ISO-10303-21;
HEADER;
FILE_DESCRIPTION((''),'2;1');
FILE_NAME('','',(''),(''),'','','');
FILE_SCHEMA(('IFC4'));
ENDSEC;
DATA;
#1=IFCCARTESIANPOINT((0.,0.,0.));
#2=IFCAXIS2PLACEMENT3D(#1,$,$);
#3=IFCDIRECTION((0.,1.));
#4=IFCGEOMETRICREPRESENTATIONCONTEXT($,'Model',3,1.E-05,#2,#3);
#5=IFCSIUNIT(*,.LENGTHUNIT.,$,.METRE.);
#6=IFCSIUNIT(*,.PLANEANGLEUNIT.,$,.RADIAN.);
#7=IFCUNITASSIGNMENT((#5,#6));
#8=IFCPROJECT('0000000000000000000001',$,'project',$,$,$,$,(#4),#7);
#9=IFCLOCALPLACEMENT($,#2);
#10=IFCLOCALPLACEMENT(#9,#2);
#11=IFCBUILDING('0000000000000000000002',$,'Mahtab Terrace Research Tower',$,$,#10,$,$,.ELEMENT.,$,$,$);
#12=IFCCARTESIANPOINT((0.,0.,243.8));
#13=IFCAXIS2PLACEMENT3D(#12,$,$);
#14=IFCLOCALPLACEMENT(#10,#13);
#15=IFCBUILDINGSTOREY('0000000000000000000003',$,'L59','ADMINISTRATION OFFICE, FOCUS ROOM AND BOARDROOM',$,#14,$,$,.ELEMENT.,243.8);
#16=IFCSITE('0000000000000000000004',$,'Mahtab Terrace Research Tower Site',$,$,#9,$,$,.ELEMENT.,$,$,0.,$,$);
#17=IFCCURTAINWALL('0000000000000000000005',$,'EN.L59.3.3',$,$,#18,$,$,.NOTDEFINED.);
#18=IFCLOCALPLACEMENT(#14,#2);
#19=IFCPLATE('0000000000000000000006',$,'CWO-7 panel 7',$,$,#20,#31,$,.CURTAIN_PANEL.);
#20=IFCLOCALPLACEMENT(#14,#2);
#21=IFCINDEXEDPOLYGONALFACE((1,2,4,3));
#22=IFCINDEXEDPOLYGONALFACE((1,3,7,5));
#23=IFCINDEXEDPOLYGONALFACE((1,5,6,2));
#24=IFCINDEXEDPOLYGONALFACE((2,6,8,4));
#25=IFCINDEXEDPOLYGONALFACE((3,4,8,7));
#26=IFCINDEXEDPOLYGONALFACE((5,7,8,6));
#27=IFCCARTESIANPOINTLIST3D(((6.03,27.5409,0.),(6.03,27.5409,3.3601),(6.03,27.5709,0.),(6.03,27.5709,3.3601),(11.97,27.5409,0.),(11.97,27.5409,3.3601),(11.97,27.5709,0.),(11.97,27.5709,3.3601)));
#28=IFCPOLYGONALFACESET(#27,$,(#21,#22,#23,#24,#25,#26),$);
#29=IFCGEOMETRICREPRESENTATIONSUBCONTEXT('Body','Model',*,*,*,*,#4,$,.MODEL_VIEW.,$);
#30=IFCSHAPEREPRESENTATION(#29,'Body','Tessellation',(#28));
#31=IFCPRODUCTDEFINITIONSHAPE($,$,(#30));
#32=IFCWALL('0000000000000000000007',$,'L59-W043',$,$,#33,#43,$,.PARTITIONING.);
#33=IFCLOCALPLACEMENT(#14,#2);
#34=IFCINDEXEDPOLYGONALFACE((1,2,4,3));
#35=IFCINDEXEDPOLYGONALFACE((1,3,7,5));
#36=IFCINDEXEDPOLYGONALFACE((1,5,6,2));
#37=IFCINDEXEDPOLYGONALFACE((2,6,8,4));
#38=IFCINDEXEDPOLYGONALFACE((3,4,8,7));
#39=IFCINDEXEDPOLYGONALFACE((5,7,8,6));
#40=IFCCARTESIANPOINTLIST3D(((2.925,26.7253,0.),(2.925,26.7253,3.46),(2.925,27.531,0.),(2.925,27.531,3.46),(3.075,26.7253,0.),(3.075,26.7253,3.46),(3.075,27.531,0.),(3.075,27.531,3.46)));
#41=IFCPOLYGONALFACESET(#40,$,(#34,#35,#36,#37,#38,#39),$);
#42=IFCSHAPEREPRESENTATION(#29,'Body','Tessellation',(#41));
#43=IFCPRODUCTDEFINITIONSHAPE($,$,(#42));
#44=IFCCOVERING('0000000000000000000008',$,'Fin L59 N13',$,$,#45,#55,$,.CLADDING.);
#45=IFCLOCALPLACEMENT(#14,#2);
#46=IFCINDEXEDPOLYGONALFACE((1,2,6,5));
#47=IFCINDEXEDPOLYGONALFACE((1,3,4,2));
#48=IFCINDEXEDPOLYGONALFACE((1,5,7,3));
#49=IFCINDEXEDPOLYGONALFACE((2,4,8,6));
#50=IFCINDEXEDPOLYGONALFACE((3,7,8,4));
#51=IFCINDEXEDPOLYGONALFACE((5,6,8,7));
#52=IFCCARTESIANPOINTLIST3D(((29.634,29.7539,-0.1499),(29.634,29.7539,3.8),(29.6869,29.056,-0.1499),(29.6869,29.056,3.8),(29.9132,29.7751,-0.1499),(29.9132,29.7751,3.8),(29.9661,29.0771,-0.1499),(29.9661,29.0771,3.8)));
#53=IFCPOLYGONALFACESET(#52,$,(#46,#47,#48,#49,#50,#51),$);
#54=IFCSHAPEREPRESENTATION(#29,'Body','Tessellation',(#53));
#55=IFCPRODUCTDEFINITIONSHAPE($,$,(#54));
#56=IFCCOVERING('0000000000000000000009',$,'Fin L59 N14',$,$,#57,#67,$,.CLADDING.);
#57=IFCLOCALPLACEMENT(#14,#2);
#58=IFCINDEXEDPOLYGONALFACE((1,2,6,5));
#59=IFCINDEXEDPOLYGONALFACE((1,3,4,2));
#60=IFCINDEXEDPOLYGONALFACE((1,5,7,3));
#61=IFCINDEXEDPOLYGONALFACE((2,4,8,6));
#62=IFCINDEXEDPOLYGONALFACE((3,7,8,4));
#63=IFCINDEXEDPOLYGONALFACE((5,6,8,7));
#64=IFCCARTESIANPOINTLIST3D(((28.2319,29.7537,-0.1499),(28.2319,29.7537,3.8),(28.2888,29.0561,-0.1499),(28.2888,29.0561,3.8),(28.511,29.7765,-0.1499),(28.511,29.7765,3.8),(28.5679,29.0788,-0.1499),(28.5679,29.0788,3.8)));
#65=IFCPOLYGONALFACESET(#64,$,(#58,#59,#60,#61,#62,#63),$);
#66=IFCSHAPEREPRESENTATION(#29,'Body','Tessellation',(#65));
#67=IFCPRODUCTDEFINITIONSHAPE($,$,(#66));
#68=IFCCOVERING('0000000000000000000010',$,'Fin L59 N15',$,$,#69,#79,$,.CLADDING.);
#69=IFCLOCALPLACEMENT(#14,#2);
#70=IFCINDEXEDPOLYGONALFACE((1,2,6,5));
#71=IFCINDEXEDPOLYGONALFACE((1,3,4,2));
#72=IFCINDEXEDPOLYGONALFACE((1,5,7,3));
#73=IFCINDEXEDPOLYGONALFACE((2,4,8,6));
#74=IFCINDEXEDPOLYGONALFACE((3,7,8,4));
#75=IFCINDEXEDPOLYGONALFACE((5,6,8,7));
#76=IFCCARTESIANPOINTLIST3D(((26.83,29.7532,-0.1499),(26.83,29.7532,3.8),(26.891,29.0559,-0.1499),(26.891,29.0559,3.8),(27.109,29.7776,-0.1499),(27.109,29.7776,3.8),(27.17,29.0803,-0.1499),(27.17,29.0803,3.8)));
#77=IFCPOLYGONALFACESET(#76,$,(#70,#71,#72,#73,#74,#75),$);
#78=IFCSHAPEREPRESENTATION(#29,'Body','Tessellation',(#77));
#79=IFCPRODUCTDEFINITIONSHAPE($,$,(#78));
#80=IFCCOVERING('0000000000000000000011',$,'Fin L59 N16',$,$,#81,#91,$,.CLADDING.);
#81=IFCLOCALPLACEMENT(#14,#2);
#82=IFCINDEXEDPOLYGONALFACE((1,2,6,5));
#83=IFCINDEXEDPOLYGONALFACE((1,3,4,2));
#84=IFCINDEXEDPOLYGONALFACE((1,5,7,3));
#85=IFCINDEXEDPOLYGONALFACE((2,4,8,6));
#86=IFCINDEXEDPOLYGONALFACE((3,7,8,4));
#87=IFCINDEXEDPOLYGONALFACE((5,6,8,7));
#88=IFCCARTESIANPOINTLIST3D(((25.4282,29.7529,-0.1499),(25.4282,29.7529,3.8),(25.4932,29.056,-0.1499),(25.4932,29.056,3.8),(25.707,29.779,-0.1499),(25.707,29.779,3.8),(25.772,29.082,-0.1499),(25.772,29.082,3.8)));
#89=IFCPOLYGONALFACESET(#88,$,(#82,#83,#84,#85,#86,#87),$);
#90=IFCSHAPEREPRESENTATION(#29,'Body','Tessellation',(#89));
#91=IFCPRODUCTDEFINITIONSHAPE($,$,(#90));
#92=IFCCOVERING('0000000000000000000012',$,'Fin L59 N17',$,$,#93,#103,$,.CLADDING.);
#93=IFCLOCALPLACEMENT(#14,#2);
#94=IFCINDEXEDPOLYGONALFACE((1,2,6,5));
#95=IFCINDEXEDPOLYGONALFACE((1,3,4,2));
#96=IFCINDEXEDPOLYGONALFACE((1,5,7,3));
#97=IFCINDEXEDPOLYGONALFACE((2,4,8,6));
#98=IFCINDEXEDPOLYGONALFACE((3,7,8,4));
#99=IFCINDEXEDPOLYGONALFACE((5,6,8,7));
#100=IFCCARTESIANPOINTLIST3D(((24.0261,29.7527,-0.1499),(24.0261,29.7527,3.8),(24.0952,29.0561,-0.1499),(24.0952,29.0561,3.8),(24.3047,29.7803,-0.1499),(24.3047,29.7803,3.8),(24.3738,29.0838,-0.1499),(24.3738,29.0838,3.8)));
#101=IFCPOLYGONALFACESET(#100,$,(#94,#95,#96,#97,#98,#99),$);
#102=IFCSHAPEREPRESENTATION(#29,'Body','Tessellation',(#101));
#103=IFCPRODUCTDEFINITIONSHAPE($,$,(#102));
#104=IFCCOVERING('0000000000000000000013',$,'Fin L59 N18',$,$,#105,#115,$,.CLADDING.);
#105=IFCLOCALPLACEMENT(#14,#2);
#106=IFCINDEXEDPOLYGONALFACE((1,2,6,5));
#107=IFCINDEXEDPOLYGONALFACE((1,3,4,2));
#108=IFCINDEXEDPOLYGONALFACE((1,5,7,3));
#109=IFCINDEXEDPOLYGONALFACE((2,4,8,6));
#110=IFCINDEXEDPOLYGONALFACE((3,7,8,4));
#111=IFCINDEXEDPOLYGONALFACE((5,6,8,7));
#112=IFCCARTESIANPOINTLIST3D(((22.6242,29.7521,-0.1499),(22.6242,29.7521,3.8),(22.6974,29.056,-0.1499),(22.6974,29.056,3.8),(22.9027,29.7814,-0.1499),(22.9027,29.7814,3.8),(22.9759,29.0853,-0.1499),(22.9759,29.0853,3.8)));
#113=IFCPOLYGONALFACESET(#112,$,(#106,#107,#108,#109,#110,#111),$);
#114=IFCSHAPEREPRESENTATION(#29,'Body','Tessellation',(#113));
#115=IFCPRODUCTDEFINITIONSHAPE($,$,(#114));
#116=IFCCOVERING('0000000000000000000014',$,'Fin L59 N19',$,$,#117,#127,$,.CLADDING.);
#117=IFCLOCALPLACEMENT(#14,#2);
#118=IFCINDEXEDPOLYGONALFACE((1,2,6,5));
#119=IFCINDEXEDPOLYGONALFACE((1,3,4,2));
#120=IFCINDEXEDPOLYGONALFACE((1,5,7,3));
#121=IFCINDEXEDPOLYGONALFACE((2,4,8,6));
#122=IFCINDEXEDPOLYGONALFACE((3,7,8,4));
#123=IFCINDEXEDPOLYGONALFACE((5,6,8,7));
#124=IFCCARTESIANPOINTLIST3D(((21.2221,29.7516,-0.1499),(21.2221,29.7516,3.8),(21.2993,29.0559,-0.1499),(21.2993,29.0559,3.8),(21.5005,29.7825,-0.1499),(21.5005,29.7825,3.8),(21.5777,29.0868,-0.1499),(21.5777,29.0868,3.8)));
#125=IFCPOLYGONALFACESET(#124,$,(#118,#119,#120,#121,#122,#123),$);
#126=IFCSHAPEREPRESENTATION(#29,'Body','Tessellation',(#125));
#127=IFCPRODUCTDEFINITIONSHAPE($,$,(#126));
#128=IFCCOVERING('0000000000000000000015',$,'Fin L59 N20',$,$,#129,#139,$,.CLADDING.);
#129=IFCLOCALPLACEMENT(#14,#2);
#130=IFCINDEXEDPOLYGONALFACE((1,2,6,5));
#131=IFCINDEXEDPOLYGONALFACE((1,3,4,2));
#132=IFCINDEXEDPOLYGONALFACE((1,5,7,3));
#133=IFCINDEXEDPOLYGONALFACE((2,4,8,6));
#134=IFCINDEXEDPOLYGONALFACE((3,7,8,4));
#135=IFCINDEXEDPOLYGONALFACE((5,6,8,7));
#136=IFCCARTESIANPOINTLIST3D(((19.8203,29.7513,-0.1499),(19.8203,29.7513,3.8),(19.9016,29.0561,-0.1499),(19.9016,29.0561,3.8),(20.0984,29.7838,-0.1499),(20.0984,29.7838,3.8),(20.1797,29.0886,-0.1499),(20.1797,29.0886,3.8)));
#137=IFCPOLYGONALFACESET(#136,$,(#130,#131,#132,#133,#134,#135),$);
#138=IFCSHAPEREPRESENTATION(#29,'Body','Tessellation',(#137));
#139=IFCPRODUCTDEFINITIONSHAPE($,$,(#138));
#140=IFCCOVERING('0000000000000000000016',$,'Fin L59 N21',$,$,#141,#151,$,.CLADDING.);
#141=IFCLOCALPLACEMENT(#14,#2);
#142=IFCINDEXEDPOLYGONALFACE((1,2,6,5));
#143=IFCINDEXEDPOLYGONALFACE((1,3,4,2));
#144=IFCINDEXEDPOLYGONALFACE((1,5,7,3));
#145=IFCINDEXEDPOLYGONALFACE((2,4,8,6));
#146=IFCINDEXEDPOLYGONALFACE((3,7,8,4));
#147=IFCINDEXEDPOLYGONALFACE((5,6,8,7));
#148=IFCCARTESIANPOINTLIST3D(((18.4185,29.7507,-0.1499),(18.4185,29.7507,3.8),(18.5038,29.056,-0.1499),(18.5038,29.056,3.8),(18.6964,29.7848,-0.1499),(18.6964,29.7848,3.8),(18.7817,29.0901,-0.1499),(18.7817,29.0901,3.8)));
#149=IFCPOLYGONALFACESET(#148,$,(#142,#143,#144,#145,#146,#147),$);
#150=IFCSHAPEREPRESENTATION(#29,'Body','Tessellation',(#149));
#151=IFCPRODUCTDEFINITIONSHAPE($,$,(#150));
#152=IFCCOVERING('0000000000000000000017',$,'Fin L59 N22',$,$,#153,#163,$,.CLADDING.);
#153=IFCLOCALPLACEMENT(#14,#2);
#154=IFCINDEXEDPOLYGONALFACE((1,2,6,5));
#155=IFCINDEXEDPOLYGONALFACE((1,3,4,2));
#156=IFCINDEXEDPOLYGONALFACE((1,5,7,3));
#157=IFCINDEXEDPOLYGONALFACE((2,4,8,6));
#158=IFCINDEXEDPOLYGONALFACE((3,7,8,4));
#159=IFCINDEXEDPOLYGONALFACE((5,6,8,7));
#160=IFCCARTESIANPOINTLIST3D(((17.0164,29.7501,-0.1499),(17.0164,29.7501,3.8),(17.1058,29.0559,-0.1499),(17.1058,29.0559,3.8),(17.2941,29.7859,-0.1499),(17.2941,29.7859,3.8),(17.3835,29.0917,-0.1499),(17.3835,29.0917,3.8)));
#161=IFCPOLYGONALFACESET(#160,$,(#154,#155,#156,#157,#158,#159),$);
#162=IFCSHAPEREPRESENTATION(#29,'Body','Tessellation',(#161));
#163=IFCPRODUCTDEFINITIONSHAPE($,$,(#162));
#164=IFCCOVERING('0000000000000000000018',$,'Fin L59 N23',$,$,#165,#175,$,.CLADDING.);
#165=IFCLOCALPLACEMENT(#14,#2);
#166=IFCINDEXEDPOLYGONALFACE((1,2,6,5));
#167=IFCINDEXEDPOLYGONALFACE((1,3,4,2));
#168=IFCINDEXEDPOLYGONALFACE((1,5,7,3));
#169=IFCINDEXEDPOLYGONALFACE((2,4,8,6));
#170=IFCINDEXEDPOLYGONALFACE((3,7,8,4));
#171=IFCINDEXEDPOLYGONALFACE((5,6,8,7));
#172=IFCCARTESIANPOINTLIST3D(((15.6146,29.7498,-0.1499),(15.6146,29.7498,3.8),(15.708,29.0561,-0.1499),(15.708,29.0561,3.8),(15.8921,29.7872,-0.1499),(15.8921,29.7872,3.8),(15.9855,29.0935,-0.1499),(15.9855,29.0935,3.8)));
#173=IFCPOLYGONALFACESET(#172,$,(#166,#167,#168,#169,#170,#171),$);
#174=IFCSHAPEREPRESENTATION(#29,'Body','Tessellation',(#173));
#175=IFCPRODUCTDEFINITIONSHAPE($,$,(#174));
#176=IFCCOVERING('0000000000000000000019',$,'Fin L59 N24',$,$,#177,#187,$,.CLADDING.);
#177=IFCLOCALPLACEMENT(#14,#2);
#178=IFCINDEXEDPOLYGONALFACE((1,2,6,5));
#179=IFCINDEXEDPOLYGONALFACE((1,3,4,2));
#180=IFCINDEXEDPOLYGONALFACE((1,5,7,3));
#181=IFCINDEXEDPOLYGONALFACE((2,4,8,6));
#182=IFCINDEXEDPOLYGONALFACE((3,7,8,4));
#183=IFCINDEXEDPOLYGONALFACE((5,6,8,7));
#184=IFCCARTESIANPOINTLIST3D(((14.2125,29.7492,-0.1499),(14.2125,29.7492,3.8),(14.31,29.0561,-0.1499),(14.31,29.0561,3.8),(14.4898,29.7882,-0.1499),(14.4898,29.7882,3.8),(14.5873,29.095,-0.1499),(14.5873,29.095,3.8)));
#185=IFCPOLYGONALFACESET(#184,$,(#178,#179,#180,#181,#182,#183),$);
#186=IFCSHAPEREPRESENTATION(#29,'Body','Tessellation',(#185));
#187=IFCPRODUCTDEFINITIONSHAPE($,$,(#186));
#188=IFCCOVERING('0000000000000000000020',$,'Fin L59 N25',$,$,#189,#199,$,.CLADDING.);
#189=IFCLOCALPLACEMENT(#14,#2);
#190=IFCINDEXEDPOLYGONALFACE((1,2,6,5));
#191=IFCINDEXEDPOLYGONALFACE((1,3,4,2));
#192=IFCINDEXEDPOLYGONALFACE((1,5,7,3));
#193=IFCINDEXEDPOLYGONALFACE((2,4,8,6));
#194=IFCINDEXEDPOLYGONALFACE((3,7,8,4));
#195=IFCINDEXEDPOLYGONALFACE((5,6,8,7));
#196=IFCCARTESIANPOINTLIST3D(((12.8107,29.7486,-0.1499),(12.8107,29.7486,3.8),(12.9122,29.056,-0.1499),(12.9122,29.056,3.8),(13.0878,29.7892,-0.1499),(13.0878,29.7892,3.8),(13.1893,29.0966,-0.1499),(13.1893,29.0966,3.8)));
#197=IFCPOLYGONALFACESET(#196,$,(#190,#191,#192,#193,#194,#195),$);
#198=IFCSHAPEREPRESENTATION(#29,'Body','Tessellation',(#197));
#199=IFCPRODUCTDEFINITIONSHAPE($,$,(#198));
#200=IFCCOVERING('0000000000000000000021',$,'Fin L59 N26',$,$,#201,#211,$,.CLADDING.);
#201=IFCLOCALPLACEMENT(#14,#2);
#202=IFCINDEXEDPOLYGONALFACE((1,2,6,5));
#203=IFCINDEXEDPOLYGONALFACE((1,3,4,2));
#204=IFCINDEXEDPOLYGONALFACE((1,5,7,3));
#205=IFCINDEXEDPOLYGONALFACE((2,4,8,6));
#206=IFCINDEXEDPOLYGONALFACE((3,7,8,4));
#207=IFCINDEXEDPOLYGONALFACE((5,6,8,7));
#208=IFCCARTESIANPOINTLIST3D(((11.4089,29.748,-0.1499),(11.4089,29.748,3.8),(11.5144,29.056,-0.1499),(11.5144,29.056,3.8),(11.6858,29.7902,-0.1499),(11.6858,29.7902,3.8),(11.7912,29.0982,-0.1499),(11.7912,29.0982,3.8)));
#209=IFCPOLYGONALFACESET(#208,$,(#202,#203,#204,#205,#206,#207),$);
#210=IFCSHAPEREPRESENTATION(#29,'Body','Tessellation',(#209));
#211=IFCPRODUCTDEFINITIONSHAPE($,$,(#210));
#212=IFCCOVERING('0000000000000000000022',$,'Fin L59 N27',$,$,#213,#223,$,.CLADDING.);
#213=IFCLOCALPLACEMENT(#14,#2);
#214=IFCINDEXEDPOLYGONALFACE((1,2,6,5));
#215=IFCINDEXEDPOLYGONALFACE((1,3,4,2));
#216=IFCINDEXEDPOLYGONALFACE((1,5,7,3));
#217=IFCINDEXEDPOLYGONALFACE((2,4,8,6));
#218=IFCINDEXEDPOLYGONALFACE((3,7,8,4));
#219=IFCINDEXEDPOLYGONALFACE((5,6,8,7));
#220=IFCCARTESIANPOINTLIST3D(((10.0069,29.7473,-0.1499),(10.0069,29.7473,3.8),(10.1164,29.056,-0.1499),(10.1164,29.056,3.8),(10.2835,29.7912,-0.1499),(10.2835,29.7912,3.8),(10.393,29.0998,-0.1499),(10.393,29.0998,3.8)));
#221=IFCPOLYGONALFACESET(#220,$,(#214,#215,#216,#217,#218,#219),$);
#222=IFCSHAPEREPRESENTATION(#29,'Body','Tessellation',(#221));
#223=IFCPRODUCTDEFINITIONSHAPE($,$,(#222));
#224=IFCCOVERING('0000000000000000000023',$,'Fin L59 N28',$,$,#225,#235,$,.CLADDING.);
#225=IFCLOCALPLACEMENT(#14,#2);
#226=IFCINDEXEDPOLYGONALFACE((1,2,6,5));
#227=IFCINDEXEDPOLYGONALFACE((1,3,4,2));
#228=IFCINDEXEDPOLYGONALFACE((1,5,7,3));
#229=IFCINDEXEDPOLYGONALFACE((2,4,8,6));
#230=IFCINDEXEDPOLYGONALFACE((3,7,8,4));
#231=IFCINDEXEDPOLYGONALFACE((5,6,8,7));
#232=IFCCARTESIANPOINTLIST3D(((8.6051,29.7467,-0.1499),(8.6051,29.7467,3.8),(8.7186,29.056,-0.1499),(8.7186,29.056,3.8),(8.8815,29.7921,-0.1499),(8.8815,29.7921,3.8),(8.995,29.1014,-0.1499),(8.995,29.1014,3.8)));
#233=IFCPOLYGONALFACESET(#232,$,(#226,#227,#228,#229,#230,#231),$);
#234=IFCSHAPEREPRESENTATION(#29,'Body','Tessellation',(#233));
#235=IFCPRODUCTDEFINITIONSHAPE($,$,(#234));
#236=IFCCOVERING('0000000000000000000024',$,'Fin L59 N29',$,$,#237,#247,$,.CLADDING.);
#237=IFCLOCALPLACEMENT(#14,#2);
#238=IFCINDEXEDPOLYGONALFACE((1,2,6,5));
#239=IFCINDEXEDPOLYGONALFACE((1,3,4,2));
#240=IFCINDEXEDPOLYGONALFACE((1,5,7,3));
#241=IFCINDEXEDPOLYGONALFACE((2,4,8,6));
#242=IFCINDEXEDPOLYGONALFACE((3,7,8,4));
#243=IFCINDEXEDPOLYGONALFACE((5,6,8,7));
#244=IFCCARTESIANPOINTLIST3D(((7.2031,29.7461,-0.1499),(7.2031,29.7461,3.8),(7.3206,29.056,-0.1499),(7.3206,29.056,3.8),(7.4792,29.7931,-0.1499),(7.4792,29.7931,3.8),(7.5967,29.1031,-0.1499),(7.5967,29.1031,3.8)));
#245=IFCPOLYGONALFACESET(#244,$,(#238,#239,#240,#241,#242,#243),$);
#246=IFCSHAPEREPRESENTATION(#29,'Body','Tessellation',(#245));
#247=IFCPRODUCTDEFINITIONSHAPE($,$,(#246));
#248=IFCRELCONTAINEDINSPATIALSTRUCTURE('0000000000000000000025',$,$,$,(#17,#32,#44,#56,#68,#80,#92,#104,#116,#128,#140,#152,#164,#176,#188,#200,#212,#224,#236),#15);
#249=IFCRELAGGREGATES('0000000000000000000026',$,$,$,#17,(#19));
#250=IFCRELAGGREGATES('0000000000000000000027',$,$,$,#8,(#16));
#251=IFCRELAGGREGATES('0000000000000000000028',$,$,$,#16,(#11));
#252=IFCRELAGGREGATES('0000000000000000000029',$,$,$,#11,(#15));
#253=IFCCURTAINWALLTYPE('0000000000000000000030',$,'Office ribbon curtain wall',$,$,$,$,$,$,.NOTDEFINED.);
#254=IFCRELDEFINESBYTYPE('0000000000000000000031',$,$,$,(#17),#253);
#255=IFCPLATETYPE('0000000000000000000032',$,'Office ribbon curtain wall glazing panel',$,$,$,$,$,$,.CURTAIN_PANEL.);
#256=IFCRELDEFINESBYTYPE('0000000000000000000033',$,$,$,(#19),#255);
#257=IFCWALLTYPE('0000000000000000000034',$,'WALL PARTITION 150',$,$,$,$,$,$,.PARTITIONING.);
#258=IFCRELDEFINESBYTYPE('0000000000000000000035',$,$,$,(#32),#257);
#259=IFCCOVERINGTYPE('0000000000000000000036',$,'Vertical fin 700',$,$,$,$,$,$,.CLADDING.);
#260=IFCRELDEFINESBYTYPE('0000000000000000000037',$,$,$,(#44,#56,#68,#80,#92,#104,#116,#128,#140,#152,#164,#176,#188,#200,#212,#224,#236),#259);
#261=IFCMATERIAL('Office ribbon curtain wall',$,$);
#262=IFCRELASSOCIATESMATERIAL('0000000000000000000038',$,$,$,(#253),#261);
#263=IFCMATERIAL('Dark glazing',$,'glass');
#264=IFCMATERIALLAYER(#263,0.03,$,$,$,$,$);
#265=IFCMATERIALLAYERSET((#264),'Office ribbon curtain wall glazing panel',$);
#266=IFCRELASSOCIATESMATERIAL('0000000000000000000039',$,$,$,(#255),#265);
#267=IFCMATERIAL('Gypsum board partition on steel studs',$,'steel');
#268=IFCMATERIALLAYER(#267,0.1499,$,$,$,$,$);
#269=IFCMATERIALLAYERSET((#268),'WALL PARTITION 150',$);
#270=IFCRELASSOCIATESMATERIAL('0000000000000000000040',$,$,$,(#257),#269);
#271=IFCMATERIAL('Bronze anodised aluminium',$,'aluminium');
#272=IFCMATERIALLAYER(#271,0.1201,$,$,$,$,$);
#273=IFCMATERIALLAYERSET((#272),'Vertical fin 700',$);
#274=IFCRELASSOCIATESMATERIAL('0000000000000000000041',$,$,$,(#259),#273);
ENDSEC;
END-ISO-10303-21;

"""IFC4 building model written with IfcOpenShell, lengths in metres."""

from ifc_helpers import new_model, si_unit, direction, frame, frame_2d, origin, origin_2d, place, context, subcontext, project, spatial, rectangle, extrude, material, layer, layer_set, type_object, element, aggregate, save


model = new_model("IFC4")

# Units and contexts
model_context = context("Model", 3, precision=1e-05, world=origin(), true_north=direction((0.0, 1.0)))
body_context = subcontext(model_context, "Body", "Model", "MODEL_VIEW")
ifc_project = project(units=[si_unit("LENGTHUNIT", "METRE"), si_unit("PLANEANGLEUNIT", "RADIAN")], contexts=[model_context])

# Site, building, storey
site_placement = place(None, origin())
site = spatial("IfcSite", under=ifc_project, at=site_placement, Name="Mahtab Terrace Research Tower Site", CompositionType="ELEMENT", RefElevation=0.0)
building_placement = place(site_placement, origin())
building = spatial("IfcBuilding", under=site, at=building_placement, Name="Mahtab Terrace Research Tower", CompositionType="ELEMENT")
storey_placement = place(building_placement, frame((0.0, 0.0, 243.8)))
storey = spatial("IfcBuildingStorey", under=building, at=storey_placement, Name="L59", Description="ADMINISTRATION OFFICE, FOCUS ROOM AND BOARDROOM", CompositionType="ELEMENT", Elevation=243.8)

# Curtain wall
ifc_material_1 = material(Name="Office ribbon curtain wall")
curtain_wall_type = type_object("IfcCurtainWallType", Name="Office ribbon curtain wall", PredefinedType="NOTDEFINED", material=ifc_material_1)
curtain_wall_placement = place(storey_placement, origin())
curtain_wall = element("IfcCurtainWall", 1, at=curtain_wall_placement, inside=storey, type_object=curtain_wall_type, Name="EN.L59.3.3", PredefinedType="NOTDEFINED")

# Plate
ifc_material_2 = material(Name="Dark glazing", Category="glass")
ifc_layer_1 = layer(ifc_material_2, 0.03)
ifc_layer_set_1 = layer_set([ifc_layer_1], Name="Office ribbon curtain wall glazing panel")
plate_type = type_object("IfcPlateType", Name="Office ribbon curtain wall glazing panel", PredefinedType="CURTAIN_PANEL", material=ifc_layer_set_1)
plate_1_placement = place(storey_placement, frame((9.0, 27.5559, 0.0), z_axis=(0.0, 0.0, 1.0), x_axis=(-1.0, 0.0, 0.0)))
plate_1 = element("IfcPlate", 2, at=plate_1_placement, type_object=plate_type, Name="CWO-7 panel 7", PredefinedType="CURTAIN_PANEL", context=body_context, shape_type="SweptSolid", body=[
    extrude(rectangle(XDim=5.9399, YDim=0.03, at=origin_2d()), origin(), (0.0, 0.0, 1.0), 3.3601),
])
aggregate(curtain_wall, [plate_1])

# Wall
ifc_material_3 = material(Name="Gypsum board partition on steel studs", Category="steel")
ifc_layer_2 = layer(ifc_material_3, 0.1499)
ifc_layer_set_2 = layer_set([ifc_layer_2], Name="WALL PARTITION 150")
wall_type = type_object("IfcWallType", Name="WALL PARTITION 150", PredefinedType="PARTITIONING", material=ifc_layer_set_2)
wall_placement = place(storey_placement, frame((3.0, 26.7253, 0.0), z_axis=(0.0, 0.0, 1.0), x_axis=(0.0, 1.0, 0.0)))
element("IfcWall", 3, at=wall_placement, inside=storey, type_object=wall_type, Name="L59-W043", PredefinedType="PARTITIONING", context=body_context, shape_type="SweptSolid", body=[
    extrude(rectangle(XDim=0.8057, YDim=0.1499, at=frame_2d((0.4028, 0.0))), origin(), (0.0, 0.0, 1.0), 3.46),
])

# Coverings
ifc_material_4 = material(Name="Bronze anodised aluminium", Category="aluminium")
ifc_layer_3 = layer(ifc_material_4, 0.1201)
ifc_layer_set_3 = layer_set([ifc_layer_3], Name="Vertical fin 700")
covering_type = type_object("IfcCoveringType", Name="Vertical fin 700", PredefinedType="CLADDING", material=ifc_layer_set_3)
for number, where, z_axis, x_axis, name in (
    (4, (29.8, 29.4155, -0.1499), (0.0, 0.0, 1.0), (-0.997141, -0.075559, 0.0), "Fin L59 N13"),
    (5, (28.3999, 29.4163, -0.1499), (0.0, 0.0, 1.0), (-0.996685, -0.081359, 0.0), "Fin L59 N14"),
    (6, (27.0, 29.4167, -0.1499), (0.0, 0.0, 1.0), (-0.996195, -0.087156, 0.0), "Fin L59 N15"),
    (7, (25.6001, 29.4175, -0.1499), (0.0, 0.0, 1.0), (-0.995671, -0.09295, 0.0), "Fin L59 N16"),
    (8, (24.2, 29.4182, -0.1499), (0.0, 0.0, 1.0), (-0.995113, -0.098741, 0.0), "Fin L59 N17"),
    (9, (22.8, 29.4187, -0.1499), (0.0, 0.0, 1.0), (-0.994522, -0.104528, 0.0), "Fin L59 N18"),
    (10, (21.3999, 29.4192, -0.1499), (0.0, 0.0, 1.0), (-0.993897, -0.110313, 0.0), "Fin L59 N19"),
    (11, (20.0, 29.4199, -0.1499), (0.0, 0.0, 1.0), (-0.993238, -0.116093, 0.0), "Fin L59 N20"),
    (12, (18.6001, 29.4204, -0.1499), (0.0, 0.0, 1.0), (-0.992546, -0.121869, 0.0), "Fin L59 N21"),
    (13, (17.2, 29.4209, -0.1499), (0.0, 0.0, 1.0), (-0.99182, -0.127642, 0.0), "Fin L59 N22"),
    (14, (15.8, 29.4216, -0.1499), (0.0, 0.0, 1.0), (-0.991061, -0.13341, 0.0), "Fin L59 N23"),
    (15, (14.3999, 29.4221, -0.1499), (0.0, 0.0, 1.0), (-0.990268, -0.139173, 0.0), "Fin L59 N24"),
    (16, (13.0, 29.4226, -0.1499), (0.0, 0.0, 1.0), (-0.989442, -0.144932, 0.0), "Fin L59 N25"),
    (17, (11.6001, 29.4231, -0.1499), (0.0, 0.0, 1.0), (-0.988582, -0.150686, 0.0), "Fin L59 N26"),
    (18, (10.2, 29.4236, -0.1499), (0.0, 0.0, 1.0), (-0.987688, -0.156434, 0.0), "Fin L59 N27"),
    (19, (8.8, 29.4241, -0.1499), (0.0, 0.0, 1.0), (-0.986762, -0.162178, 0.0), "Fin L59 N28"),
    (20, (7.3999, 29.4246, -0.1499), (0.0, 0.0, 1.0), (-0.985801, -0.167916, 0.0), "Fin L59 N29"),
):
    element("IfcCovering", number, at=place(storey_placement, frame(where, z_axis=z_axis, x_axis=x_axis)), inside=storey, type_object=covering_type, Name=name, PredefinedType="CLADDING", context=body_context, shape_type="SweptSolid", body=[
        extrude(rectangle(XDim=0.28, YDim=0.7, at=origin_2d()), origin(), (0.0, 0.0, 1.0), 3.95),
    ])

save(model, "model.ifc")
